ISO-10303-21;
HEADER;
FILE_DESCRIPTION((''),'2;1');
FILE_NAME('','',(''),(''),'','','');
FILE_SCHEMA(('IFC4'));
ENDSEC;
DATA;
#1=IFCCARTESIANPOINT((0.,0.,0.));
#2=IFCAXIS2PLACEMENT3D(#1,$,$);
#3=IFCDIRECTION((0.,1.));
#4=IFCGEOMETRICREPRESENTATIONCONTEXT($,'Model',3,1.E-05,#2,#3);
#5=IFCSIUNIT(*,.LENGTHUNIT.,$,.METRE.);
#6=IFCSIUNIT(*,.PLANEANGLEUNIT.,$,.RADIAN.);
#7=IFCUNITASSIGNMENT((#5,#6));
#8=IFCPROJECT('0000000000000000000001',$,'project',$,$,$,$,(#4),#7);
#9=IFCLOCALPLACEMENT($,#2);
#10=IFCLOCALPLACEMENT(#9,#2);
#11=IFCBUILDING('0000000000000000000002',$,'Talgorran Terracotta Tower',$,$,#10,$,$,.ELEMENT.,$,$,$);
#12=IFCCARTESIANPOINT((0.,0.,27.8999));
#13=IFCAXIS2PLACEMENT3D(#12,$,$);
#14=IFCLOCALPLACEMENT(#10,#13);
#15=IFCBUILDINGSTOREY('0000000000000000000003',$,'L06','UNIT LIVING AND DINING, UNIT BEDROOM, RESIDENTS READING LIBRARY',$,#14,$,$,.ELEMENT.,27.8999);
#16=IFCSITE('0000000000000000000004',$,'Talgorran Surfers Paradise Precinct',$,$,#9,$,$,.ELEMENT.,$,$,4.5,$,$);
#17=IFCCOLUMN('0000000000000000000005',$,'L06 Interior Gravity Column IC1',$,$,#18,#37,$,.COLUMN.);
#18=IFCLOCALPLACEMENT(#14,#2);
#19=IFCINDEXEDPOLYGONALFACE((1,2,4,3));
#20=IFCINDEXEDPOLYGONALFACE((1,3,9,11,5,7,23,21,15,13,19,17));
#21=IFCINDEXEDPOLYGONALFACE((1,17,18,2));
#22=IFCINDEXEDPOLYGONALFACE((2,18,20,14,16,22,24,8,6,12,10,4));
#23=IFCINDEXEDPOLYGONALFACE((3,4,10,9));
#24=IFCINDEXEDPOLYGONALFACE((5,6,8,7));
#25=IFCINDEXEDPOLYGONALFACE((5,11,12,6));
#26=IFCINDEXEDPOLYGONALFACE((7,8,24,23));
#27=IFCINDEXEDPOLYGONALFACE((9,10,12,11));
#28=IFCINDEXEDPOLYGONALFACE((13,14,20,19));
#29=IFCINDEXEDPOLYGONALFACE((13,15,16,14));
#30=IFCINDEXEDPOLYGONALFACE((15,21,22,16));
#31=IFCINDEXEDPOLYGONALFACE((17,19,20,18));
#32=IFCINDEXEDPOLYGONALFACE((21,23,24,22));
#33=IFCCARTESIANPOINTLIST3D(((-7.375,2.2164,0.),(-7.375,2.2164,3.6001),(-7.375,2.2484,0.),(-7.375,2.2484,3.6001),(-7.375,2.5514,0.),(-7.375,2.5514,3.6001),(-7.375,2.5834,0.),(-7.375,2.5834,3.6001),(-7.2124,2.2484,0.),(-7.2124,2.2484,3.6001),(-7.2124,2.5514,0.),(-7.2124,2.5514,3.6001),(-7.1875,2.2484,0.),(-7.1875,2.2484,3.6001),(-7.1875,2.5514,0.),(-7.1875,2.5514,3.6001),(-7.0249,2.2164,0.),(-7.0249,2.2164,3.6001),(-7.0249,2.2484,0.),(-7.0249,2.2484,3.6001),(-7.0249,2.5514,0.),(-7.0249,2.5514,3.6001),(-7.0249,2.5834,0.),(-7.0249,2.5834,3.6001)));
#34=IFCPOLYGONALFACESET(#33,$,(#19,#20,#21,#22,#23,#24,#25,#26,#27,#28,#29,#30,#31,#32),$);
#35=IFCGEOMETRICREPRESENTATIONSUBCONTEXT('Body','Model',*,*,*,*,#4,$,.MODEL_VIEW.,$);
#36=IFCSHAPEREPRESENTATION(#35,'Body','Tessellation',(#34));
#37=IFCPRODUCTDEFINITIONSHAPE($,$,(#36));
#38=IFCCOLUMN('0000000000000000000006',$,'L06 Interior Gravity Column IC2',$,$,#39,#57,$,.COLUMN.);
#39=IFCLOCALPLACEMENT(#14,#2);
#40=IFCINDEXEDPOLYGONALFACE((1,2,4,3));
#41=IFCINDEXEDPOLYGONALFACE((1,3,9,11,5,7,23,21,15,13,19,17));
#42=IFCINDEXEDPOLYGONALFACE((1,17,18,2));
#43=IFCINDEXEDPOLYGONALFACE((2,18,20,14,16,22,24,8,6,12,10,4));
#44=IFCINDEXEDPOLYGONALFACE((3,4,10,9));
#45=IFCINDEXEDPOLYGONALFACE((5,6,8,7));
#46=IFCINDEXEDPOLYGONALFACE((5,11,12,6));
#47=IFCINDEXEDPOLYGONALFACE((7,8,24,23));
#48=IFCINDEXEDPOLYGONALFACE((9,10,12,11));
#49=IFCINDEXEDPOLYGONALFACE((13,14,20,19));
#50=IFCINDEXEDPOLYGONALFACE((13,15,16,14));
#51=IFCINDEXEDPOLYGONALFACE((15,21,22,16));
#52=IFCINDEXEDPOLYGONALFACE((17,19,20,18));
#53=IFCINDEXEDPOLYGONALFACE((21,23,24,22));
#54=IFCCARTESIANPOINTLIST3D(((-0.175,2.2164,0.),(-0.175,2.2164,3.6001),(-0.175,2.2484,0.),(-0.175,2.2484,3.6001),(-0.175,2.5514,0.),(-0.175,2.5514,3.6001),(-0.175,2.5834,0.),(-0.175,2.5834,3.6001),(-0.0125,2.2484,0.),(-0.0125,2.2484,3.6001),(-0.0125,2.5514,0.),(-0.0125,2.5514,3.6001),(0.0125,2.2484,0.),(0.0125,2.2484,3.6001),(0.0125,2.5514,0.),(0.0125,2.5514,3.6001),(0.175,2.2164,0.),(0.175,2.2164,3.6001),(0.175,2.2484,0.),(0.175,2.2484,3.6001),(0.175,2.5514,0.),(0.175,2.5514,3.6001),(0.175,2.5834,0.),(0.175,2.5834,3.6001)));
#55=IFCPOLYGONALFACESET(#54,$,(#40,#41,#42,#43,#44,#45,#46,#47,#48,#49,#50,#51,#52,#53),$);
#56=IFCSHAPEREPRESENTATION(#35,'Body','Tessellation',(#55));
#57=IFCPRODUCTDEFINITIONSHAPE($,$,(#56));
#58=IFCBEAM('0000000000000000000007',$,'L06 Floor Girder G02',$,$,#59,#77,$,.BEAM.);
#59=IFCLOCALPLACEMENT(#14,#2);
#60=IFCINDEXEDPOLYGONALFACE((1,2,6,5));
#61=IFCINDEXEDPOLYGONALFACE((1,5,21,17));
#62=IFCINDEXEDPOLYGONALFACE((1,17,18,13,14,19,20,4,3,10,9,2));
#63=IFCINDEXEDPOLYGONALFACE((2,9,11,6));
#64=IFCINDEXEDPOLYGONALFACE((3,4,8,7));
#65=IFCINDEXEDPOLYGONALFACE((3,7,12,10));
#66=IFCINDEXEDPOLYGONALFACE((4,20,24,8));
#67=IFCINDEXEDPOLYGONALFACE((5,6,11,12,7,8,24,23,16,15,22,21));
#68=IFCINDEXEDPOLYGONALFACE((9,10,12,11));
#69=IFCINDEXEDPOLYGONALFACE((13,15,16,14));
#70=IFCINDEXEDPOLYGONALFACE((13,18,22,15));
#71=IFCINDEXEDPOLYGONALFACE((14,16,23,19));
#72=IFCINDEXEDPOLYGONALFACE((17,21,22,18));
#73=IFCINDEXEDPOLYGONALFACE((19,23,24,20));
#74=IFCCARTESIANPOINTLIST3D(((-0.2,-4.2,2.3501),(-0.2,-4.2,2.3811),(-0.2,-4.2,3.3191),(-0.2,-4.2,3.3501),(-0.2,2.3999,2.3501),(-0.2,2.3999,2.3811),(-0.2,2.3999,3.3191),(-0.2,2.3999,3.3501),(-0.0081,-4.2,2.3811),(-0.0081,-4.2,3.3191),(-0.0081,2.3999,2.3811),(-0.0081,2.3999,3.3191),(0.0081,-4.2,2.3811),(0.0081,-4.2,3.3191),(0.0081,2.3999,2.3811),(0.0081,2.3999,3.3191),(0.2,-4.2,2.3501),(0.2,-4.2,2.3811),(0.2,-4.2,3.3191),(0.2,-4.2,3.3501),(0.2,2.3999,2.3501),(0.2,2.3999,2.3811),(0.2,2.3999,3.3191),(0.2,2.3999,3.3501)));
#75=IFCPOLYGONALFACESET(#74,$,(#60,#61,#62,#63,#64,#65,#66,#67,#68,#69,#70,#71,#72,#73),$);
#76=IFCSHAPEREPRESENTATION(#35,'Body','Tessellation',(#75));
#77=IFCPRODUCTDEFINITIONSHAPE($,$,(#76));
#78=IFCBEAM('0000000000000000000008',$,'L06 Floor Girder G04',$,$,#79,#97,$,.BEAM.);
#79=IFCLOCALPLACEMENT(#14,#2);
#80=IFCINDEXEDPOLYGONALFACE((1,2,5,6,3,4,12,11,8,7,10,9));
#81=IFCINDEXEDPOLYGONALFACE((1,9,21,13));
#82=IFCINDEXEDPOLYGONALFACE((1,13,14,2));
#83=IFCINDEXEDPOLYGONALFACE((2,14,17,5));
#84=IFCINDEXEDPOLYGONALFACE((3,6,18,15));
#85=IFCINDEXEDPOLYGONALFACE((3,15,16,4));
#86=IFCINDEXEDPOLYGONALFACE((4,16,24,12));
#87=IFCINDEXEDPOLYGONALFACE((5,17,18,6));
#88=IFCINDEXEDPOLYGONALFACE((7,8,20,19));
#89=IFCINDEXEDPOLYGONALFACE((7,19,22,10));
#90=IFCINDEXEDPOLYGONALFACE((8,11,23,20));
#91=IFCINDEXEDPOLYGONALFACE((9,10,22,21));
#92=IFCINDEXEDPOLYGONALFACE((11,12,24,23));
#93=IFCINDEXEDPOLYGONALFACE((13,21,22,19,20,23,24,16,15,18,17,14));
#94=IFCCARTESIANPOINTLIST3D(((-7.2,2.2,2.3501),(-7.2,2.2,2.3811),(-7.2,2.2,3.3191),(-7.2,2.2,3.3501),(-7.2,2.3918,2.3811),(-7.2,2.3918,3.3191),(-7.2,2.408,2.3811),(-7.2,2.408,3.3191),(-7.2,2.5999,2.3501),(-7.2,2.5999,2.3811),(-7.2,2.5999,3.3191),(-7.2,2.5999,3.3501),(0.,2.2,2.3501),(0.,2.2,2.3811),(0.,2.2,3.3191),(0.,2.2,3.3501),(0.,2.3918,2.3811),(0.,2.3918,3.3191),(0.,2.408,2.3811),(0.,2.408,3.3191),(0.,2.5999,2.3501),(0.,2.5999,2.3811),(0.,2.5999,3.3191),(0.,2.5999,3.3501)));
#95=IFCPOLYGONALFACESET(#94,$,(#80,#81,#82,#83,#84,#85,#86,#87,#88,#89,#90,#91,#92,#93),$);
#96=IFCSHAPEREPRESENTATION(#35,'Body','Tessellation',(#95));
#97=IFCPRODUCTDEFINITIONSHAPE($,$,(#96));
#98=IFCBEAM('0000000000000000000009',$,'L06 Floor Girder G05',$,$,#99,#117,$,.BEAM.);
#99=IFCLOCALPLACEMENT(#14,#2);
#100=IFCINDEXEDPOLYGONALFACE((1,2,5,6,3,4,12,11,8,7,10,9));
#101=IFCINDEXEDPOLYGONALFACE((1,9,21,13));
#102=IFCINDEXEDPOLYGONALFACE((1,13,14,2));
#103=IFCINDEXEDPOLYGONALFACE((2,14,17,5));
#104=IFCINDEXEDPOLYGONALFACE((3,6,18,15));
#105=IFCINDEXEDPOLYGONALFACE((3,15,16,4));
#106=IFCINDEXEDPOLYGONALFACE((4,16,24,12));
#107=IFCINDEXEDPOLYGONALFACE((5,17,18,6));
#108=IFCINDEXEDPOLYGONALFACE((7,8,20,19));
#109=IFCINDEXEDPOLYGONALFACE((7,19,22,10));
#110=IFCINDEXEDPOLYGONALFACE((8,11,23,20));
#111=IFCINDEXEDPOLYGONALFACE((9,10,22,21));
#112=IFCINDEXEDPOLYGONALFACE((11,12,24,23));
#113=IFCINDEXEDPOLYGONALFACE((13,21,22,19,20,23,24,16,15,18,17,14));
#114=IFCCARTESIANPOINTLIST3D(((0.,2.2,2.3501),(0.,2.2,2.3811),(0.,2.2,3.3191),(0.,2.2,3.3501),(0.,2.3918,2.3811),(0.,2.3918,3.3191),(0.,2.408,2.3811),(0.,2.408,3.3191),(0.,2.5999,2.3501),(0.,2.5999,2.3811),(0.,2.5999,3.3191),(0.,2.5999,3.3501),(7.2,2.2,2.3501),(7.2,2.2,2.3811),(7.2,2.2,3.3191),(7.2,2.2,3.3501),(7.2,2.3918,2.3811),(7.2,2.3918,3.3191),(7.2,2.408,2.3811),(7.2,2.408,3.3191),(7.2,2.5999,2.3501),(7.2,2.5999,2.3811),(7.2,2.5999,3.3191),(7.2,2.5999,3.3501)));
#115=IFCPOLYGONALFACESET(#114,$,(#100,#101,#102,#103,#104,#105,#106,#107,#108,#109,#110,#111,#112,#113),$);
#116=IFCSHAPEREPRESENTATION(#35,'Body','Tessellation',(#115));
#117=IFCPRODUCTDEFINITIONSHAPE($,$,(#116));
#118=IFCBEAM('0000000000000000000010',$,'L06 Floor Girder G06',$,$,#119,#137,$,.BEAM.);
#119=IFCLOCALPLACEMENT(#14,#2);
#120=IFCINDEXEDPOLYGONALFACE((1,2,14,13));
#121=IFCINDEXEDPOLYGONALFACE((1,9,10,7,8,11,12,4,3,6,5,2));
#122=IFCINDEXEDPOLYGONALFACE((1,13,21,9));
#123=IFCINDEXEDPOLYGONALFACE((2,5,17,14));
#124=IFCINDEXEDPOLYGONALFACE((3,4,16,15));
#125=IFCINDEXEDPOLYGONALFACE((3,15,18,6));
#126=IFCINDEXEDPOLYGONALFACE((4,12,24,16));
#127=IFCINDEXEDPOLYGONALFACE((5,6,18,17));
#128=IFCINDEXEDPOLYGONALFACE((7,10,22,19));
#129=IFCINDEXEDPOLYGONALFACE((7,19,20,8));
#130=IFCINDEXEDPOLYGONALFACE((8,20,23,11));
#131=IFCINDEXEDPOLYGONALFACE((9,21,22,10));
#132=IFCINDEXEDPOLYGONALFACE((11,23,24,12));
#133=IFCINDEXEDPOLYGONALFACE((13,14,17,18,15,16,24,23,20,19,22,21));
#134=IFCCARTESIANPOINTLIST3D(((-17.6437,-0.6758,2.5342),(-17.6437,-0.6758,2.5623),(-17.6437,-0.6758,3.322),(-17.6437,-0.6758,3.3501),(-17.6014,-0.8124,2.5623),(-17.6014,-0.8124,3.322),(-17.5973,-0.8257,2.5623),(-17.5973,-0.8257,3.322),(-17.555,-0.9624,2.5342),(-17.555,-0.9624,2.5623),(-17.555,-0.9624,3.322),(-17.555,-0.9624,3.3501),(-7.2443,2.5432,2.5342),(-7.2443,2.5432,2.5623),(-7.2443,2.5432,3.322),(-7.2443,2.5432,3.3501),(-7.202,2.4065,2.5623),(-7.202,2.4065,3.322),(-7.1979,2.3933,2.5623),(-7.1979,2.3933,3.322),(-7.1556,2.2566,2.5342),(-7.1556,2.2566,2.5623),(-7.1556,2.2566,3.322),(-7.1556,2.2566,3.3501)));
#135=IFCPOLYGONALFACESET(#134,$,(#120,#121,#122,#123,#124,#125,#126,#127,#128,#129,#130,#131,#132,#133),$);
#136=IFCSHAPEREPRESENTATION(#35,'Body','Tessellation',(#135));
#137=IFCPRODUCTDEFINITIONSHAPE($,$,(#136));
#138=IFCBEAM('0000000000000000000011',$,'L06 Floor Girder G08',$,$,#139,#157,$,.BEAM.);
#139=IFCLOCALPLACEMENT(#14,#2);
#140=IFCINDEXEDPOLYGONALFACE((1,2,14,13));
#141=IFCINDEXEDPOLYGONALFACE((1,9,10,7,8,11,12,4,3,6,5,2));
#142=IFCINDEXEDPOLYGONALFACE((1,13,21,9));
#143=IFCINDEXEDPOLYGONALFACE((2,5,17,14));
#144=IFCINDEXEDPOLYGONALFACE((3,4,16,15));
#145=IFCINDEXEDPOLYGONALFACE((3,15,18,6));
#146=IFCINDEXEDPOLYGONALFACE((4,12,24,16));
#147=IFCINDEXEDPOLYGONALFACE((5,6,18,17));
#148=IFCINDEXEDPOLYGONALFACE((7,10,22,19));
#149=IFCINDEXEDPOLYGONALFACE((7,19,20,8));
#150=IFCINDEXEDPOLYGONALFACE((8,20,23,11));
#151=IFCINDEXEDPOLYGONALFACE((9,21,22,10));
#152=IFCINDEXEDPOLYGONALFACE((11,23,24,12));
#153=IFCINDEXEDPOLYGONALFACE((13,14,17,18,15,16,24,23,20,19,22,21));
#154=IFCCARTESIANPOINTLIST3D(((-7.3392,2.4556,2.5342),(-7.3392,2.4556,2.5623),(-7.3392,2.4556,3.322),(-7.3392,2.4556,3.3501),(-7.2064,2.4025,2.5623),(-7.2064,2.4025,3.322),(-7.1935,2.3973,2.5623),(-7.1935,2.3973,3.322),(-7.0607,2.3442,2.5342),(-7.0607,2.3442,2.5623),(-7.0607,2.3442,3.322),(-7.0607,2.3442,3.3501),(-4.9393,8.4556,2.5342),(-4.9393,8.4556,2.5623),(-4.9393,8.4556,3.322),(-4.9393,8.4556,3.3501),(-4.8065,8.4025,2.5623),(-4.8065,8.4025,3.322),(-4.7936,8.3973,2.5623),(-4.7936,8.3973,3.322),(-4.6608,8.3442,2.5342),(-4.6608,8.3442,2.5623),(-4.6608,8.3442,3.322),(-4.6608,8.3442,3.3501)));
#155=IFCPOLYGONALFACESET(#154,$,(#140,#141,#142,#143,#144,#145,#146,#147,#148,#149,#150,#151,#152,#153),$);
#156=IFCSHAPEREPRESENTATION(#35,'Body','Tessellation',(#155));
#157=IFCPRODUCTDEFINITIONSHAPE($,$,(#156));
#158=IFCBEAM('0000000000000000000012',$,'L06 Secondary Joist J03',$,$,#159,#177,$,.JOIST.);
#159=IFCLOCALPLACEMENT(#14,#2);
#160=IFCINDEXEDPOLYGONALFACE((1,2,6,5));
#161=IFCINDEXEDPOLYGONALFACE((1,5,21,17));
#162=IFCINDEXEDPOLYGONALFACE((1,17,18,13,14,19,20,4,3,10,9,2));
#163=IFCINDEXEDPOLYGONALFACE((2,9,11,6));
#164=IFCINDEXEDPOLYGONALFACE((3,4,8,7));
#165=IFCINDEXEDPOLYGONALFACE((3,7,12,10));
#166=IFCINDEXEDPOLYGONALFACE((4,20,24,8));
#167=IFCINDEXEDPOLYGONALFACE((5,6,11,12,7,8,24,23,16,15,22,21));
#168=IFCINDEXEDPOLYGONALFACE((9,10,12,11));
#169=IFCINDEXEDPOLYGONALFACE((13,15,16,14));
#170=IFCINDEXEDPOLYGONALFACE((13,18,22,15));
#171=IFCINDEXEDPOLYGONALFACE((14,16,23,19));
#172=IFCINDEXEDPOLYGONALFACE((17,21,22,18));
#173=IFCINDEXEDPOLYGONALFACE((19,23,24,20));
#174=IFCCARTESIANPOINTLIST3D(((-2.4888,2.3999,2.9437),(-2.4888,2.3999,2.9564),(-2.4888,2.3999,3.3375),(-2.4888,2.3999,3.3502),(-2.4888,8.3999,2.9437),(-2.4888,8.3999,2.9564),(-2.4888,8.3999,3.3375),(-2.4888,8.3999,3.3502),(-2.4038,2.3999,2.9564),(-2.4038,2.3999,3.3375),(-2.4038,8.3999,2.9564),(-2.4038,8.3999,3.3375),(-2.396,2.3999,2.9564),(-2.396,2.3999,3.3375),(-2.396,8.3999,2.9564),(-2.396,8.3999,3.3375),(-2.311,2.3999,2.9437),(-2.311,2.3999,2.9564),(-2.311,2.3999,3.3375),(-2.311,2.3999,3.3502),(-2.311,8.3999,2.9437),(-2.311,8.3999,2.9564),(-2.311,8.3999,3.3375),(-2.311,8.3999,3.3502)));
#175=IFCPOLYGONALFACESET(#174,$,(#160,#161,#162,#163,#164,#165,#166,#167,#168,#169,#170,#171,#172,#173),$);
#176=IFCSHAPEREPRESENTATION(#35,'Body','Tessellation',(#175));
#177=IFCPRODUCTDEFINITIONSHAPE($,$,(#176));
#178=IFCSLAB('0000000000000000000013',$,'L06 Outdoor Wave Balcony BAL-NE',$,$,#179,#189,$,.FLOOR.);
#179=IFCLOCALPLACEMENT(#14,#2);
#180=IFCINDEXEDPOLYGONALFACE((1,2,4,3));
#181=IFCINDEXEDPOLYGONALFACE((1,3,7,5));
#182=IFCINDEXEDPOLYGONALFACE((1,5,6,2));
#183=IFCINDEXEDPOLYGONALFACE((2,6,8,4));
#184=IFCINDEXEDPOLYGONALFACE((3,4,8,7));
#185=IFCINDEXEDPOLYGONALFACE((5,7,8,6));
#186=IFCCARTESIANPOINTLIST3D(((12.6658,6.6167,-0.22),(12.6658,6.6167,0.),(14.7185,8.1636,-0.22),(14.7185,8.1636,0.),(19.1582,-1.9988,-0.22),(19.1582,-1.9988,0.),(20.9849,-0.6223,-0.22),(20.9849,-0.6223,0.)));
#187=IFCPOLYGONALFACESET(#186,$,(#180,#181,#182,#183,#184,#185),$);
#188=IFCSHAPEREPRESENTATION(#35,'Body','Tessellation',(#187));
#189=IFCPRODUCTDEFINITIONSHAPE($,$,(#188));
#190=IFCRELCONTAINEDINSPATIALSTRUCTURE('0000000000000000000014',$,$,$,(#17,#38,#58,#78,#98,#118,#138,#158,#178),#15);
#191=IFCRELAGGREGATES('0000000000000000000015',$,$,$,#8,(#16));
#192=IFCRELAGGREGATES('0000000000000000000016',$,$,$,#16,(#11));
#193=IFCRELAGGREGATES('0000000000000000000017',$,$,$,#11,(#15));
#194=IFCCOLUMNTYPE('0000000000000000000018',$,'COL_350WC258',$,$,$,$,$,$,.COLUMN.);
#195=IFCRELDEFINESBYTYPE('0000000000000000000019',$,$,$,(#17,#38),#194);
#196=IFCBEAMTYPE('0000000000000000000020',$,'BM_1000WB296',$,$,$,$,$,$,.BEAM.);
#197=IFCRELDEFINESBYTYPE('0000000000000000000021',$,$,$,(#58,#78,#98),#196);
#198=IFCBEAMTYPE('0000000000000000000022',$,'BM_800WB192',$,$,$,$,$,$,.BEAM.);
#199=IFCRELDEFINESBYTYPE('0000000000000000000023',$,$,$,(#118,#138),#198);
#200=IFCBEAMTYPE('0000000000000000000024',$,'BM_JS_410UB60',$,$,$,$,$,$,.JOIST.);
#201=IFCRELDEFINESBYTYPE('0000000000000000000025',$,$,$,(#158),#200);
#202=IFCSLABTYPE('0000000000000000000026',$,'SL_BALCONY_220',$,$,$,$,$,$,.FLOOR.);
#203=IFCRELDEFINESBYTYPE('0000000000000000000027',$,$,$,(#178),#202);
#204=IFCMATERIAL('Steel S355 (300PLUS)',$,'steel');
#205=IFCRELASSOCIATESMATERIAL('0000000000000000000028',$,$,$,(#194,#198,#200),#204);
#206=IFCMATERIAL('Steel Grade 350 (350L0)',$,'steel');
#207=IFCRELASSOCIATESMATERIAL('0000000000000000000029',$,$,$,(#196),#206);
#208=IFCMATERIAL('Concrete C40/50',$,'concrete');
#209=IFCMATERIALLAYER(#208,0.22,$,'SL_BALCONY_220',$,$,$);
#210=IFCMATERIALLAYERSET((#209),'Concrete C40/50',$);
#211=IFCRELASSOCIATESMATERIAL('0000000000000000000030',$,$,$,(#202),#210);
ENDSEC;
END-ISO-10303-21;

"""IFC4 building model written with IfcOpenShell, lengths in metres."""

from ifc_helpers import new_model, si_unit, direction, frame, origin, origin_2d, place, context, subcontext, project, spatial, polyline, i_section, outline, extrude, material, layer, layer_set, material_profile, profile_set, type_object, element, save


model = new_model("IFC4")

# Units and contexts
model_context = context("Model", 3, precision=1e-05, world=origin(), true_north=direction((0.0, 1.0)))
body_context = subcontext(model_context, "Body", "Model", "MODEL_VIEW")
ifc_project = project(units=[si_unit("LENGTHUNIT", "METRE"), si_unit("PLANEANGLEUNIT", "RADIAN")], contexts=[model_context])

# Site, building, storey
site_placement = place(None, origin())
site = spatial("IfcSite", under=ifc_project, at=site_placement, Name="Talgorran Surfers Paradise Precinct", CompositionType="ELEMENT", RefElevation=4.5)
building_placement = place(site_placement, origin())
building = spatial("IfcBuilding", under=site, at=building_placement, Name="Talgorran Terracotta Tower", CompositionType="ELEMENT")
storey_placement = place(building_placement, frame((0.0, 0.0, 27.8999)))
storey = spatial("IfcBuildingStorey", under=building, at=storey_placement, Name="L06", Description="UNIT LIVING AND DINING, UNIT BEDROOM, RESIDENTS READING LIBRARY", CompositionType="ELEMENT", Elevation=27.8999)

# Columns
ifc_material_1 = material(Name="Steel S355 (300PLUS)", Category="steel")
ifc_material_profile_1 = material_profile(ifc_material_1, i_section(OverallWidth=0.3501, OverallDepth=0.3669, WebThickness=0.0249, FlangeThickness=0.032, at=origin_2d()), Name="350WC258")
ifc_profile_set_1 = profile_set([ifc_material_profile_1], Name="Steel S355 (300PLUS)")
column_type = type_object("IfcColumnType", Name="COL_350WC258", PredefinedType="COLUMN", material=ifc_profile_set_1)
for number, where, z_axis, x_axis, name in (
    (1, (-7.2, 2.3999, 0.0), (0.0, 0.0, 1.0), (1.0, 0.0, 0.0), "L06 Interior Gravity Column IC1"),
    (2, (0.0, 2.3999, 0.0), (0.0, 0.0, 1.0), (1.0, 0.0, 0.0), "L06 Interior Gravity Column IC2"),
):
    element("IfcColumn", number, at=place(storey_placement, frame(where, z_axis=z_axis, x_axis=x_axis)), inside=storey, type_object=column_type, Name=name, PredefinedType="COLUMN", context=body_context, shape_type="SweptSolid", body=[
        extrude(i_section(OverallWidth=0.3501, OverallDepth=0.3669, WebThickness=0.0249, FlangeThickness=0.032, at=origin_2d()), origin(), (0.0, 0.0, 1.0), 3.6001),
    ])

# Beams
ifc_material_2 = material(Name="Steel Grade 350 (350L0)", Category="steel")
ifc_material_profile_2 = material_profile(ifc_material_2, i_section(OverallWidth=0.3999, OverallDepth=1.0, WebThickness=0.0161, FlangeThickness=0.031, at=origin_2d()), Name="1000WB296")
ifc_profile_set_2 = profile_set([ifc_material_profile_2], Name="Steel Grade 350 (350L0)")
beam_type_1 = type_object("IfcBeamType", Name="BM_1000WB296", PredefinedType="BEAM", material=ifc_profile_set_2)
beam_1_placement = place(storey_placement, frame((0.0, -4.2, 2.8501), z_axis=(0.0, 1.0, 0.0), x_axis=(-1.0, 0.0, 0.0)))
element("IfcBeam", 3, at=beam_1_placement, inside=storey, type_object=beam_type_1, Name="L06 Floor Girder G02", PredefinedType="BEAM", context=body_context, shape_type="SweptSolid", body=[
    extrude(i_section(OverallWidth=0.3999, OverallDepth=1.0, WebThickness=0.0161, FlangeThickness=0.031, at=origin_2d()), origin(), (0.0, 0.0, 1.0), 6.5999),
])
for number, where, z_axis, x_axis, name in (
    (4, (-7.2, 2.3999, 2.8501), (1.0, 0.0, 0.0), (0.0, 1.0, 0.0), "L06 Floor Girder G04"),
    (5, (0.0, 2.3999, 2.8501), (1.0, 0.0, 0.0), (0.0, 1.0, 0.0), "L06 Floor Girder G05"),
):
    element("IfcBeam", number, at=place(storey_placement, frame(where, z_axis=z_axis, x_axis=x_axis)), inside=storey, type_object=beam_type_1, Name=name, PredefinedType="BEAM", context=body_context, shape_type="SweptSolid", body=[
        extrude(i_section(OverallWidth=0.3999, OverallDepth=1.0, WebThickness=0.0161, FlangeThickness=0.031, at=origin_2d()), origin(), (0.0, 0.0, 1.0), 7.2),
    ])
ifc_material_profile_3 = material_profile(ifc_material_1, i_section(OverallWidth=0.3, OverallDepth=0.8159, WebThickness=0.0139, FlangeThickness=0.0281, at=origin_2d()), Name="800WB192")
ifc_profile_set_3 = profile_set([ifc_material_profile_3], Name="Steel S355 (300PLUS)")
beam_type_2 = type_object("IfcBeamType", Name="BM_800WB192", PredefinedType="BEAM", material=ifc_profile_set_3)
beam_2_placement = place(storey_placement, frame((-7.2, 2.3999, 2.9421), z_axis=(-0.955283, -0.295694, 0.0), x_axis=(0.295694, -0.955283, 0.0)))
element("IfcBeam", 6, at=beam_2_placement, inside=storey, type_object=beam_type_2, Name="L06 Floor Girder G06", PredefinedType="BEAM", context=body_context, shape_type="SweptSolid", body=[
    extrude(i_section(OverallWidth=0.3, OverallDepth=0.8159, WebThickness=0.0139, FlangeThickness=0.0281, at=origin_2d()), origin(), (0.0, 0.0, 1.0), 10.8862),
])
beam_3_placement = place(storey_placement, frame((-7.2, 2.3999, 2.9421), z_axis=(0.371378, 0.928482, 0.0), x_axis=(-0.928482, 0.371378, 0.0)))
element("IfcBeam", 7, at=beam_3_placement, inside=storey, type_object=beam_type_2, Name="L06 Floor Girder G08", PredefinedType="BEAM", context=body_context, shape_type="SweptSolid", body=[
    extrude(i_section(OverallWidth=0.3, OverallDepth=0.8159, WebThickness=0.0139, FlangeThickness=0.0281, at=origin_2d()), origin(), (0.0, 0.0, 1.0), 6.4622),
])
ifc_material_profile_4 = material_profile(ifc_material_1, i_section(OverallWidth=0.1777, OverallDepth=0.4065, WebThickness=0.0078, FlangeThickness=0.0127, at=origin_2d()), Name="410UB59.7")
ifc_profile_set_4 = profile_set([ifc_material_profile_4], Name="Steel S355 (300PLUS)")
beam_type_3 = type_object("IfcBeamType", Name="BM_JS_410UB60", PredefinedType="JOIST", material=ifc_profile_set_4)
beam_4_placement = place(storey_placement, frame((-2.3999, 2.3999, 3.147), z_axis=(0.0, 1.0, 0.0), x_axis=(-1.0, 0.0, 0.0)))
element("IfcBeam", 8, at=beam_4_placement, inside=storey, type_object=beam_type_3, Name="L06 Secondary Joist J03", PredefinedType="JOIST", context=body_context, shape_type="SweptSolid", body=[
    extrude(i_section(OverallWidth=0.1777, OverallDepth=0.4065, WebThickness=0.0078, FlangeThickness=0.0127, at=origin_2d()), origin(), (0.0, 0.0, 1.0), 6.0),
])

# Slab
ifc_material_3 = material(Name="Concrete C40/50", Category="concrete")
ifc_layer_1 = layer(ifc_material_3, 0.22, Name="SL_BALCONY_220")
ifc_layer_set_1 = layer_set([ifc_layer_1], Name="Concrete C40/50")
slab_type_1 = type_object("IfcSlabType", Name="SL_BALCONY_220", PredefinedType="FLOOR", material=ifc_layer_set_1)
slab_1_placement = place(storey_placement, frame((0.0, 0.0, -0.22)))
element("IfcSlab", 9, at=slab_1_placement, inside=storey, type_object=slab_type_1, Name="L06 Outdoor Wave Balcony BAL-NE", PredefinedType="FLOOR", context=body_context, shape_type="SweptSolid", body=[
    extrude(outline(polyline([(12.6658, 6.6167), (19.1582, -1.9988), (20.9849, -0.6223), (14.7185, 8.1636), (12.6658, 6.6167)])), origin(), (0.0, 0.0, 1.0), 0.22),
])

save(model, "model.ifc")
